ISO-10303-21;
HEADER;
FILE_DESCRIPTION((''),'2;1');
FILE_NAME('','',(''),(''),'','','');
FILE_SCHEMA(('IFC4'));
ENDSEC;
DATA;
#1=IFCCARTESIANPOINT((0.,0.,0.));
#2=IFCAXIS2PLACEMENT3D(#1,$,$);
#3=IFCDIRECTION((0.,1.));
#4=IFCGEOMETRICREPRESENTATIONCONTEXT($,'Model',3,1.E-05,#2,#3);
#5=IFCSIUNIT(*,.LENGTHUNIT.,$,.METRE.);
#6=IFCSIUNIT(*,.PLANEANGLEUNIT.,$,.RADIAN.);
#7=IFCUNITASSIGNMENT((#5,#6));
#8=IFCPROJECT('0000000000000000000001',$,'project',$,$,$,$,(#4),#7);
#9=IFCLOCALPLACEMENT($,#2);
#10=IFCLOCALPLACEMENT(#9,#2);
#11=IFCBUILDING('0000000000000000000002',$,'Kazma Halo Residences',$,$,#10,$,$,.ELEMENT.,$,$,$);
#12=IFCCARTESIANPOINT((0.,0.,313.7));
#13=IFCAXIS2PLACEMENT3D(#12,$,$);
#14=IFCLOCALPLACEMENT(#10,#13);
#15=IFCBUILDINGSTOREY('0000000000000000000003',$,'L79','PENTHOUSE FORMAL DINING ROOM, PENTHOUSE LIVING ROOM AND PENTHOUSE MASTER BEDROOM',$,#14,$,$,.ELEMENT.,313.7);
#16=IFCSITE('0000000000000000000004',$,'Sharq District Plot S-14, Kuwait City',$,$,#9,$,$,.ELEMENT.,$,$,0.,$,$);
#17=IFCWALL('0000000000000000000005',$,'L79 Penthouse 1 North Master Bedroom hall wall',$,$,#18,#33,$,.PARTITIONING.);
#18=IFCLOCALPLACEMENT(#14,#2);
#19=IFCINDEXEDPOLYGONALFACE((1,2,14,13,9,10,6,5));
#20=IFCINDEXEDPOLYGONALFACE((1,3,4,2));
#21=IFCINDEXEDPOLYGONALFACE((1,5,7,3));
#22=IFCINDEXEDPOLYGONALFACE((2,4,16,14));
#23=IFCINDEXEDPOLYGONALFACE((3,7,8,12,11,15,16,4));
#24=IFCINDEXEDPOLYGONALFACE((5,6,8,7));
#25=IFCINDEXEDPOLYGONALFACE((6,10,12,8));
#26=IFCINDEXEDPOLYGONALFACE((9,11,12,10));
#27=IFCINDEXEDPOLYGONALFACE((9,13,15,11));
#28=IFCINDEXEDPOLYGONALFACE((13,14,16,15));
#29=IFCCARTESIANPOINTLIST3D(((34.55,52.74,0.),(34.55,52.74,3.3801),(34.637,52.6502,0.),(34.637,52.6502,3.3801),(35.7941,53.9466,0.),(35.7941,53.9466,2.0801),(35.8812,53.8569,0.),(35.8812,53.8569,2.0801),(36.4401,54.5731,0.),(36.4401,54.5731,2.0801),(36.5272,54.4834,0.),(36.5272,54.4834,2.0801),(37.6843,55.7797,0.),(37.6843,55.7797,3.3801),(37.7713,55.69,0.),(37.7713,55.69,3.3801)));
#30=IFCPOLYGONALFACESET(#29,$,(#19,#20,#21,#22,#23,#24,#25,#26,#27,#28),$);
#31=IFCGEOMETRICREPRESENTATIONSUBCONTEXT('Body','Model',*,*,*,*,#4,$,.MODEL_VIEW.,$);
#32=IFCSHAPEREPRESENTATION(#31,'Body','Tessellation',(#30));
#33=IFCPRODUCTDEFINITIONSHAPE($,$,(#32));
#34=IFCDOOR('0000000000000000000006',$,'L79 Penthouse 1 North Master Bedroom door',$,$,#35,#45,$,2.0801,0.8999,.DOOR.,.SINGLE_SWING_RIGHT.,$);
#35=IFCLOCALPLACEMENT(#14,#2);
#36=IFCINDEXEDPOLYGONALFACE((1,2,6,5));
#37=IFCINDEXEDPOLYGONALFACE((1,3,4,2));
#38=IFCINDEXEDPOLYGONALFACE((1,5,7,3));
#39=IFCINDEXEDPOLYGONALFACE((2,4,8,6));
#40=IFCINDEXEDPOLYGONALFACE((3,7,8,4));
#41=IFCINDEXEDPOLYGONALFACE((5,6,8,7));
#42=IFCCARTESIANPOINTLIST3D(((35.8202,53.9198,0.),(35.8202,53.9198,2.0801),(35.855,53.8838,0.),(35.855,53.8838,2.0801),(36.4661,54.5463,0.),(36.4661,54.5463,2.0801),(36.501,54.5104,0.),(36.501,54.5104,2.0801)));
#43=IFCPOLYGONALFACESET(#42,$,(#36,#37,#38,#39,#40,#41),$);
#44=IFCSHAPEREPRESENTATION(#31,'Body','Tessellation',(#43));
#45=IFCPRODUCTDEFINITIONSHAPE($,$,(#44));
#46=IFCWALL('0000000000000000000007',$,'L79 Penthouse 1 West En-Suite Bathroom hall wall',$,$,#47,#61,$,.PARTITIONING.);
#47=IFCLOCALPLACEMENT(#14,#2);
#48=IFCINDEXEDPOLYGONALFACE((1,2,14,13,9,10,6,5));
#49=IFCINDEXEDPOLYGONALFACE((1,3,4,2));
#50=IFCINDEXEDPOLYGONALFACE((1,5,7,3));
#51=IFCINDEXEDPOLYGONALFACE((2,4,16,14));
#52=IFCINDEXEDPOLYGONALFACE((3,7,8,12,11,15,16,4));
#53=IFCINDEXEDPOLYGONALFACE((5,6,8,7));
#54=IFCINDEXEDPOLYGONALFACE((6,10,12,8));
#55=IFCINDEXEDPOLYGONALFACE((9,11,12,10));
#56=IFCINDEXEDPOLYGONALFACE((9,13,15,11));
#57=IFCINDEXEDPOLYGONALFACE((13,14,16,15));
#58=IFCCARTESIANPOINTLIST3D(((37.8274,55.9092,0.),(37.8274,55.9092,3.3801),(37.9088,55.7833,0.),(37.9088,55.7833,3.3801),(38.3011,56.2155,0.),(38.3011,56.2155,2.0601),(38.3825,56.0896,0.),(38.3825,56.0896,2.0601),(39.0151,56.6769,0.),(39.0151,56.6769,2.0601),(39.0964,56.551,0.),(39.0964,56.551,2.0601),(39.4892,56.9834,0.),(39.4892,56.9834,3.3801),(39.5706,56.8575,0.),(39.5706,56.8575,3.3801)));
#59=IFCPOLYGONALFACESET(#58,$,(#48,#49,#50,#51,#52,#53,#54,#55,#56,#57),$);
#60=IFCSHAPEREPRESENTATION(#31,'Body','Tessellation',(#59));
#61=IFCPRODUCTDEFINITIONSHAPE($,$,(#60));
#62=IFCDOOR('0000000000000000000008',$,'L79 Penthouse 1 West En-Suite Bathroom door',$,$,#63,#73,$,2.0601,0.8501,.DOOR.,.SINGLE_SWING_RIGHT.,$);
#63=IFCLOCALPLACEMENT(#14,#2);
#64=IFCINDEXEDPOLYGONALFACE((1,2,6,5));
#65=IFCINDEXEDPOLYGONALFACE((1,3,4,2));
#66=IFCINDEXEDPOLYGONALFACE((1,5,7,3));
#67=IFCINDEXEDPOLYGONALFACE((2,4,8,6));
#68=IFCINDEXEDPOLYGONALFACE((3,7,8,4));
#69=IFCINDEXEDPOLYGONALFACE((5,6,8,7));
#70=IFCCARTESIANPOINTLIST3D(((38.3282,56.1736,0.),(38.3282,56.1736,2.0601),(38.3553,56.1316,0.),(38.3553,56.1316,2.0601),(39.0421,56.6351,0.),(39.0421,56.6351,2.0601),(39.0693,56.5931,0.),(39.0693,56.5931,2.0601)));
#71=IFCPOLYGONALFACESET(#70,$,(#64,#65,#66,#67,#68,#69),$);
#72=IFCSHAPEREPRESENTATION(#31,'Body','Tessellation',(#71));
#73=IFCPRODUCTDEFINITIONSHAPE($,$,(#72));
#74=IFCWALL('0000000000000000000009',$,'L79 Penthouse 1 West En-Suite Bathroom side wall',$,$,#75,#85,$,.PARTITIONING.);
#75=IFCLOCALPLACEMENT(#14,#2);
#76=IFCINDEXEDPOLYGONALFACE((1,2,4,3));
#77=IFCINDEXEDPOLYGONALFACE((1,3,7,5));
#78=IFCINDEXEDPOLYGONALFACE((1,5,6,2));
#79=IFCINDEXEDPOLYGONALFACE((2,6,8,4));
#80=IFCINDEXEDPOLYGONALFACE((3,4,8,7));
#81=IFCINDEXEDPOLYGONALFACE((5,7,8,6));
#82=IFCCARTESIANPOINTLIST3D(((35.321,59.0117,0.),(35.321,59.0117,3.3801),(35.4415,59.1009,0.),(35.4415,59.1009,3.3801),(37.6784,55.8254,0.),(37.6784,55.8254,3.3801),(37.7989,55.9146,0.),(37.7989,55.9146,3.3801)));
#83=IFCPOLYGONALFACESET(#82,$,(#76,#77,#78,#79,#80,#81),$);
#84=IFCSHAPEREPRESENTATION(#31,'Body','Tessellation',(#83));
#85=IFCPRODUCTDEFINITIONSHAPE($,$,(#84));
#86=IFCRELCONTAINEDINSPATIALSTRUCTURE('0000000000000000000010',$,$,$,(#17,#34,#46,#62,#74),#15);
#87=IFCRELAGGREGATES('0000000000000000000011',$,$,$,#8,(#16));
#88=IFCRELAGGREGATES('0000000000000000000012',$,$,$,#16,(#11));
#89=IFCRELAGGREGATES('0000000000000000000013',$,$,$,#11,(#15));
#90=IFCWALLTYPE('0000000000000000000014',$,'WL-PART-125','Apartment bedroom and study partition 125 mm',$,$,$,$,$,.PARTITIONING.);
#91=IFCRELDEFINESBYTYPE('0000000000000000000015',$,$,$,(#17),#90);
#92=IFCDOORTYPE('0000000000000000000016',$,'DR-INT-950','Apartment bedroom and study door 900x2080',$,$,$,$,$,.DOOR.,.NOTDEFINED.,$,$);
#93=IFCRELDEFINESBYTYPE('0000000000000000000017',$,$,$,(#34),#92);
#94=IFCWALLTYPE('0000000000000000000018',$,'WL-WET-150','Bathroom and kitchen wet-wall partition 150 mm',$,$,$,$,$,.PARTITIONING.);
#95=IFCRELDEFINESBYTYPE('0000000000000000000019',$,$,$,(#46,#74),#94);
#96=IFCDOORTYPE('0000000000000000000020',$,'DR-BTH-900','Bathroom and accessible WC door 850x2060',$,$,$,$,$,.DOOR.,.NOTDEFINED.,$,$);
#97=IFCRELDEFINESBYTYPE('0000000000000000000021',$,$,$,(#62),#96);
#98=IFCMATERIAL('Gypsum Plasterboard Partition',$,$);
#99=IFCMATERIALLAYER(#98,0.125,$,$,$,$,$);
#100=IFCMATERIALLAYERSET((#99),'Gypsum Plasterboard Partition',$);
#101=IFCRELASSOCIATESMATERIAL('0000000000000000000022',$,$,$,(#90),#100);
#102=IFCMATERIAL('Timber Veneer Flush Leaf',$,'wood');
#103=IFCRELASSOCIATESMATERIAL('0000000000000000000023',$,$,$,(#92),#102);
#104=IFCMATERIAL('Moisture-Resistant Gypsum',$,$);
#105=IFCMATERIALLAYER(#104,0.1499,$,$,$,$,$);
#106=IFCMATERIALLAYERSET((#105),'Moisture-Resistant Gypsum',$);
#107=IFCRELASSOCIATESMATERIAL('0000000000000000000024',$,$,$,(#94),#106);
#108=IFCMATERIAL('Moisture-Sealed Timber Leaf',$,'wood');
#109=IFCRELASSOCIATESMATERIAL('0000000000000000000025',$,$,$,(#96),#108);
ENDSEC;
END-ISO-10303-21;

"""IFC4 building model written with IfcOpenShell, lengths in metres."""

from ifc_helpers import new_model, si_unit, direction, frame, frame_2d, origin, place, context, subcontext, project, spatial, rectangle, extrude, material, layer, layer_set, type_object, element, fill, save


model = new_model("IFC4")

# Units and contexts
model_context = context("Model", 3, precision=1e-05, world=origin(), true_north=direction((0.0, 1.0)))
body_context = subcontext(model_context, "Body", "Model", "MODEL_VIEW")
ifc_project = project(units=[si_unit("LENGTHUNIT", "METRE"), si_unit("PLANEANGLEUNIT", "RADIAN")], contexts=[model_context])

# Site, building, storey
site_placement = place(None, origin())
site = spatial("IfcSite", under=ifc_project, at=site_placement, Name="Sharq District Plot S-14, Kuwait City", CompositionType="ELEMENT", RefElevation=0.0)
building_placement = place(site_placement, origin())
building = spatial("IfcBuilding", under=site, at=building_placement, Name="Kazma Halo Residences", CompositionType="ELEMENT")
storey_placement = place(building_placement, frame((0.0, 0.0, 313.7)))
storey = spatial("IfcBuildingStorey", under=building, at=storey_placement, Name="L79", Description="PENTHOUSE FORMAL DINING ROOM, PENTHOUSE LIVING ROOM AND PENTHOUSE MASTER BEDROOM", CompositionType="ELEMENT", Elevation=313.7)

# Shared definitions
ifc_material_1 = material(Name="Gypsum Plasterboard Partition")
ifc_layer_1 = layer(ifc_material_1, 0.125)
ifc_layer_set_1 = layer_set([ifc_layer_1], Name="Gypsum Plasterboard Partition")
wall_type_1 = type_object("IfcWallType", Name="WL-PART-125", Description="Apartment bedroom and study partition 125 mm", PredefinedType="PARTITIONING", material=ifc_layer_set_1)

# Walls, openings, doors
wall_1_placement = place(storey_placement, frame((37.7278, 55.7349, 0.0), z_axis=(0.0, 0.0, 1.0), x_axis=(-0.717844, -0.696204, 0.0)))
wall_1 = element("IfcWall", 1, at=wall_1_placement, inside=storey, type_object=wall_type_1, Name="L79 Penthouse 1 North Master Bedroom hall wall", PredefinedType="PARTITIONING", context=body_context, shape_type="SweptSolid", body=[
    extrude(rectangle(XDim=4.3662, YDim=0.125, at=frame_2d((2.1831, 0.0))), origin(), (0.0, 0.0, 1.0), 3.3801),
])
opening_1_placement = place(wall_1_placement, frame((1.7332, 0.0, 0.0)))
opening_1 = element("IfcOpeningElement", 2, at=opening_1_placement, cuts=wall_1, PredefinedType="OPENING", context=body_context, shape_type="SweptSolid", body=[
    extrude(rectangle(XDim=0.8999, YDim=2.0801, at=frame_2d((0.45, 1.04))), frame((0.0, 0.0725, 0.0), z_axis=(0.0, -1.0, 0.0), x_axis=(1.0, 0.0, 0.0)), (0.0, 0.0, 1.0), 0.145),
])
ifc_material_2 = material(Name="Timber Veneer Flush Leaf", Category="wood")
door_type_1 = type_object("IfcDoorType", Name="DR-INT-950", Description="Apartment bedroom and study door 900x2080", OperationType="NOTDEFINED", PredefinedType="DOOR", material=ifc_material_2)
door_1_placement = place(opening_1_placement, origin())
door_1 = element("IfcDoor", 3, at=door_1_placement, inside=storey, type_object=door_type_1, Name="L79 Penthouse 1 North Master Bedroom door", OperationType="SINGLE_SWING_RIGHT", OverallHeight=2.0801, OverallWidth=0.8999, PredefinedType="DOOR", context=body_context, shape_type="SweptSolid", body=[
    extrude(rectangle(XDim=0.8999, YDim=2.0801, at=frame_2d((0.45, 1.04))), frame((0.0, 0.0249, 0.0), z_axis=(0.0, -1.0, 0.0), x_axis=(1.0, 0.0, 0.0)), (0.0, 0.0, 1.0), 0.05),
])
fill(opening_1, door_1)
ifc_material_3 = material(Name="Moisture-Resistant Gypsum")
ifc_layer_2 = layer(ifc_material_3, 0.1499)
ifc_layer_set_2 = layer_set([ifc_layer_2], Name="Moisture-Resistant Gypsum")
wall_type_2 = type_object("IfcWallType", Name="WL-WET-150", Description="Bathroom and kitchen wet-wall partition 150 mm", PredefinedType="PARTITIONING", material=ifc_layer_set_2)
wall_2_placement = place(storey_placement, frame((39.5298, 56.9204, 0.0), z_axis=(0.0, 0.0, 1.0), x_axis=(-0.839825, -0.542857, 0.0)))
wall_2 = element("IfcWall", 4, at=wall_2_placement, inside=storey, type_object=wall_type_2, Name="L79 Penthouse 1 West En-Suite Bathroom hall wall", PredefinedType="PARTITIONING", context=body_context, shape_type="SweptSolid", body=[
    extrude(rectangle(XDim=1.9788, YDim=0.1499, at=frame_2d((0.9893, 0.0))), origin(), (0.0, 0.0, 1.0), 3.3801),
])
opening_2_placement = place(wall_2_placement, frame((0.5645, 0.0, 0.0)))
opening_2 = element("IfcOpeningElement", 5, at=opening_2_placement, cuts=wall_2, PredefinedType="OPENING", context=body_context, shape_type="SweptSolid", body=[
    extrude(rectangle(XDim=0.8501, YDim=2.0601, at=frame_2d((0.425, 1.03))), frame((0.0, 0.085, 0.0), z_axis=(0.0, -1.0, 0.0), x_axis=(1.0, 0.0, 0.0)), (0.0, 0.0, 1.0), 0.1699),
])
ifc_material_4 = material(Name="Moisture-Sealed Timber Leaf", Category="wood")
door_type_2 = type_object("IfcDoorType", Name="DR-BTH-900", Description="Bathroom and accessible WC door 850x2060", OperationType="NOTDEFINED", PredefinedType="DOOR", material=ifc_material_4)
door_2_placement = place(opening_2_placement, origin())
door_2 = element("IfcDoor", 6, at=door_2_placement, inside=storey, type_object=door_type_2, Name="L79 Penthouse 1 West En-Suite Bathroom door", OperationType="SINGLE_SWING_RIGHT", OverallHeight=2.0601, OverallWidth=0.8501, PredefinedType="DOOR", context=body_context, shape_type="SweptSolid", body=[
    extrude(rectangle(XDim=0.8501, YDim=2.0601, at=frame_2d((0.425, 1.03))), frame((0.0, 0.0249, 0.0), z_axis=(0.0, -1.0, 0.0), x_axis=(1.0, 0.0, 0.0)), (0.0, 0.0, 1.0), 0.05),
])
fill(opening_2, door_2)

# Wall
wall_3_placement = place(storey_placement, frame((37.7388, 55.8699, 0.0), z_axis=(0.0, 0.0, 1.0), x_axis=(-0.594774, 0.803893, 0.0)))
element("IfcWall", 7, at=wall_3_placement, inside=storey, type_object=wall_type_2, Name="L79 Penthouse 1 West En-Suite Bathroom side wall", PredefinedType="PARTITIONING", context=body_context, shape_type="SweptSolid", body=[
    extrude(rectangle(XDim=3.9636, YDim=0.1499, at=frame_2d((1.9819, 0.0))), origin(), (0.0, 0.0, 1.0), 3.3801),
])

save(model, "model.ifc")
